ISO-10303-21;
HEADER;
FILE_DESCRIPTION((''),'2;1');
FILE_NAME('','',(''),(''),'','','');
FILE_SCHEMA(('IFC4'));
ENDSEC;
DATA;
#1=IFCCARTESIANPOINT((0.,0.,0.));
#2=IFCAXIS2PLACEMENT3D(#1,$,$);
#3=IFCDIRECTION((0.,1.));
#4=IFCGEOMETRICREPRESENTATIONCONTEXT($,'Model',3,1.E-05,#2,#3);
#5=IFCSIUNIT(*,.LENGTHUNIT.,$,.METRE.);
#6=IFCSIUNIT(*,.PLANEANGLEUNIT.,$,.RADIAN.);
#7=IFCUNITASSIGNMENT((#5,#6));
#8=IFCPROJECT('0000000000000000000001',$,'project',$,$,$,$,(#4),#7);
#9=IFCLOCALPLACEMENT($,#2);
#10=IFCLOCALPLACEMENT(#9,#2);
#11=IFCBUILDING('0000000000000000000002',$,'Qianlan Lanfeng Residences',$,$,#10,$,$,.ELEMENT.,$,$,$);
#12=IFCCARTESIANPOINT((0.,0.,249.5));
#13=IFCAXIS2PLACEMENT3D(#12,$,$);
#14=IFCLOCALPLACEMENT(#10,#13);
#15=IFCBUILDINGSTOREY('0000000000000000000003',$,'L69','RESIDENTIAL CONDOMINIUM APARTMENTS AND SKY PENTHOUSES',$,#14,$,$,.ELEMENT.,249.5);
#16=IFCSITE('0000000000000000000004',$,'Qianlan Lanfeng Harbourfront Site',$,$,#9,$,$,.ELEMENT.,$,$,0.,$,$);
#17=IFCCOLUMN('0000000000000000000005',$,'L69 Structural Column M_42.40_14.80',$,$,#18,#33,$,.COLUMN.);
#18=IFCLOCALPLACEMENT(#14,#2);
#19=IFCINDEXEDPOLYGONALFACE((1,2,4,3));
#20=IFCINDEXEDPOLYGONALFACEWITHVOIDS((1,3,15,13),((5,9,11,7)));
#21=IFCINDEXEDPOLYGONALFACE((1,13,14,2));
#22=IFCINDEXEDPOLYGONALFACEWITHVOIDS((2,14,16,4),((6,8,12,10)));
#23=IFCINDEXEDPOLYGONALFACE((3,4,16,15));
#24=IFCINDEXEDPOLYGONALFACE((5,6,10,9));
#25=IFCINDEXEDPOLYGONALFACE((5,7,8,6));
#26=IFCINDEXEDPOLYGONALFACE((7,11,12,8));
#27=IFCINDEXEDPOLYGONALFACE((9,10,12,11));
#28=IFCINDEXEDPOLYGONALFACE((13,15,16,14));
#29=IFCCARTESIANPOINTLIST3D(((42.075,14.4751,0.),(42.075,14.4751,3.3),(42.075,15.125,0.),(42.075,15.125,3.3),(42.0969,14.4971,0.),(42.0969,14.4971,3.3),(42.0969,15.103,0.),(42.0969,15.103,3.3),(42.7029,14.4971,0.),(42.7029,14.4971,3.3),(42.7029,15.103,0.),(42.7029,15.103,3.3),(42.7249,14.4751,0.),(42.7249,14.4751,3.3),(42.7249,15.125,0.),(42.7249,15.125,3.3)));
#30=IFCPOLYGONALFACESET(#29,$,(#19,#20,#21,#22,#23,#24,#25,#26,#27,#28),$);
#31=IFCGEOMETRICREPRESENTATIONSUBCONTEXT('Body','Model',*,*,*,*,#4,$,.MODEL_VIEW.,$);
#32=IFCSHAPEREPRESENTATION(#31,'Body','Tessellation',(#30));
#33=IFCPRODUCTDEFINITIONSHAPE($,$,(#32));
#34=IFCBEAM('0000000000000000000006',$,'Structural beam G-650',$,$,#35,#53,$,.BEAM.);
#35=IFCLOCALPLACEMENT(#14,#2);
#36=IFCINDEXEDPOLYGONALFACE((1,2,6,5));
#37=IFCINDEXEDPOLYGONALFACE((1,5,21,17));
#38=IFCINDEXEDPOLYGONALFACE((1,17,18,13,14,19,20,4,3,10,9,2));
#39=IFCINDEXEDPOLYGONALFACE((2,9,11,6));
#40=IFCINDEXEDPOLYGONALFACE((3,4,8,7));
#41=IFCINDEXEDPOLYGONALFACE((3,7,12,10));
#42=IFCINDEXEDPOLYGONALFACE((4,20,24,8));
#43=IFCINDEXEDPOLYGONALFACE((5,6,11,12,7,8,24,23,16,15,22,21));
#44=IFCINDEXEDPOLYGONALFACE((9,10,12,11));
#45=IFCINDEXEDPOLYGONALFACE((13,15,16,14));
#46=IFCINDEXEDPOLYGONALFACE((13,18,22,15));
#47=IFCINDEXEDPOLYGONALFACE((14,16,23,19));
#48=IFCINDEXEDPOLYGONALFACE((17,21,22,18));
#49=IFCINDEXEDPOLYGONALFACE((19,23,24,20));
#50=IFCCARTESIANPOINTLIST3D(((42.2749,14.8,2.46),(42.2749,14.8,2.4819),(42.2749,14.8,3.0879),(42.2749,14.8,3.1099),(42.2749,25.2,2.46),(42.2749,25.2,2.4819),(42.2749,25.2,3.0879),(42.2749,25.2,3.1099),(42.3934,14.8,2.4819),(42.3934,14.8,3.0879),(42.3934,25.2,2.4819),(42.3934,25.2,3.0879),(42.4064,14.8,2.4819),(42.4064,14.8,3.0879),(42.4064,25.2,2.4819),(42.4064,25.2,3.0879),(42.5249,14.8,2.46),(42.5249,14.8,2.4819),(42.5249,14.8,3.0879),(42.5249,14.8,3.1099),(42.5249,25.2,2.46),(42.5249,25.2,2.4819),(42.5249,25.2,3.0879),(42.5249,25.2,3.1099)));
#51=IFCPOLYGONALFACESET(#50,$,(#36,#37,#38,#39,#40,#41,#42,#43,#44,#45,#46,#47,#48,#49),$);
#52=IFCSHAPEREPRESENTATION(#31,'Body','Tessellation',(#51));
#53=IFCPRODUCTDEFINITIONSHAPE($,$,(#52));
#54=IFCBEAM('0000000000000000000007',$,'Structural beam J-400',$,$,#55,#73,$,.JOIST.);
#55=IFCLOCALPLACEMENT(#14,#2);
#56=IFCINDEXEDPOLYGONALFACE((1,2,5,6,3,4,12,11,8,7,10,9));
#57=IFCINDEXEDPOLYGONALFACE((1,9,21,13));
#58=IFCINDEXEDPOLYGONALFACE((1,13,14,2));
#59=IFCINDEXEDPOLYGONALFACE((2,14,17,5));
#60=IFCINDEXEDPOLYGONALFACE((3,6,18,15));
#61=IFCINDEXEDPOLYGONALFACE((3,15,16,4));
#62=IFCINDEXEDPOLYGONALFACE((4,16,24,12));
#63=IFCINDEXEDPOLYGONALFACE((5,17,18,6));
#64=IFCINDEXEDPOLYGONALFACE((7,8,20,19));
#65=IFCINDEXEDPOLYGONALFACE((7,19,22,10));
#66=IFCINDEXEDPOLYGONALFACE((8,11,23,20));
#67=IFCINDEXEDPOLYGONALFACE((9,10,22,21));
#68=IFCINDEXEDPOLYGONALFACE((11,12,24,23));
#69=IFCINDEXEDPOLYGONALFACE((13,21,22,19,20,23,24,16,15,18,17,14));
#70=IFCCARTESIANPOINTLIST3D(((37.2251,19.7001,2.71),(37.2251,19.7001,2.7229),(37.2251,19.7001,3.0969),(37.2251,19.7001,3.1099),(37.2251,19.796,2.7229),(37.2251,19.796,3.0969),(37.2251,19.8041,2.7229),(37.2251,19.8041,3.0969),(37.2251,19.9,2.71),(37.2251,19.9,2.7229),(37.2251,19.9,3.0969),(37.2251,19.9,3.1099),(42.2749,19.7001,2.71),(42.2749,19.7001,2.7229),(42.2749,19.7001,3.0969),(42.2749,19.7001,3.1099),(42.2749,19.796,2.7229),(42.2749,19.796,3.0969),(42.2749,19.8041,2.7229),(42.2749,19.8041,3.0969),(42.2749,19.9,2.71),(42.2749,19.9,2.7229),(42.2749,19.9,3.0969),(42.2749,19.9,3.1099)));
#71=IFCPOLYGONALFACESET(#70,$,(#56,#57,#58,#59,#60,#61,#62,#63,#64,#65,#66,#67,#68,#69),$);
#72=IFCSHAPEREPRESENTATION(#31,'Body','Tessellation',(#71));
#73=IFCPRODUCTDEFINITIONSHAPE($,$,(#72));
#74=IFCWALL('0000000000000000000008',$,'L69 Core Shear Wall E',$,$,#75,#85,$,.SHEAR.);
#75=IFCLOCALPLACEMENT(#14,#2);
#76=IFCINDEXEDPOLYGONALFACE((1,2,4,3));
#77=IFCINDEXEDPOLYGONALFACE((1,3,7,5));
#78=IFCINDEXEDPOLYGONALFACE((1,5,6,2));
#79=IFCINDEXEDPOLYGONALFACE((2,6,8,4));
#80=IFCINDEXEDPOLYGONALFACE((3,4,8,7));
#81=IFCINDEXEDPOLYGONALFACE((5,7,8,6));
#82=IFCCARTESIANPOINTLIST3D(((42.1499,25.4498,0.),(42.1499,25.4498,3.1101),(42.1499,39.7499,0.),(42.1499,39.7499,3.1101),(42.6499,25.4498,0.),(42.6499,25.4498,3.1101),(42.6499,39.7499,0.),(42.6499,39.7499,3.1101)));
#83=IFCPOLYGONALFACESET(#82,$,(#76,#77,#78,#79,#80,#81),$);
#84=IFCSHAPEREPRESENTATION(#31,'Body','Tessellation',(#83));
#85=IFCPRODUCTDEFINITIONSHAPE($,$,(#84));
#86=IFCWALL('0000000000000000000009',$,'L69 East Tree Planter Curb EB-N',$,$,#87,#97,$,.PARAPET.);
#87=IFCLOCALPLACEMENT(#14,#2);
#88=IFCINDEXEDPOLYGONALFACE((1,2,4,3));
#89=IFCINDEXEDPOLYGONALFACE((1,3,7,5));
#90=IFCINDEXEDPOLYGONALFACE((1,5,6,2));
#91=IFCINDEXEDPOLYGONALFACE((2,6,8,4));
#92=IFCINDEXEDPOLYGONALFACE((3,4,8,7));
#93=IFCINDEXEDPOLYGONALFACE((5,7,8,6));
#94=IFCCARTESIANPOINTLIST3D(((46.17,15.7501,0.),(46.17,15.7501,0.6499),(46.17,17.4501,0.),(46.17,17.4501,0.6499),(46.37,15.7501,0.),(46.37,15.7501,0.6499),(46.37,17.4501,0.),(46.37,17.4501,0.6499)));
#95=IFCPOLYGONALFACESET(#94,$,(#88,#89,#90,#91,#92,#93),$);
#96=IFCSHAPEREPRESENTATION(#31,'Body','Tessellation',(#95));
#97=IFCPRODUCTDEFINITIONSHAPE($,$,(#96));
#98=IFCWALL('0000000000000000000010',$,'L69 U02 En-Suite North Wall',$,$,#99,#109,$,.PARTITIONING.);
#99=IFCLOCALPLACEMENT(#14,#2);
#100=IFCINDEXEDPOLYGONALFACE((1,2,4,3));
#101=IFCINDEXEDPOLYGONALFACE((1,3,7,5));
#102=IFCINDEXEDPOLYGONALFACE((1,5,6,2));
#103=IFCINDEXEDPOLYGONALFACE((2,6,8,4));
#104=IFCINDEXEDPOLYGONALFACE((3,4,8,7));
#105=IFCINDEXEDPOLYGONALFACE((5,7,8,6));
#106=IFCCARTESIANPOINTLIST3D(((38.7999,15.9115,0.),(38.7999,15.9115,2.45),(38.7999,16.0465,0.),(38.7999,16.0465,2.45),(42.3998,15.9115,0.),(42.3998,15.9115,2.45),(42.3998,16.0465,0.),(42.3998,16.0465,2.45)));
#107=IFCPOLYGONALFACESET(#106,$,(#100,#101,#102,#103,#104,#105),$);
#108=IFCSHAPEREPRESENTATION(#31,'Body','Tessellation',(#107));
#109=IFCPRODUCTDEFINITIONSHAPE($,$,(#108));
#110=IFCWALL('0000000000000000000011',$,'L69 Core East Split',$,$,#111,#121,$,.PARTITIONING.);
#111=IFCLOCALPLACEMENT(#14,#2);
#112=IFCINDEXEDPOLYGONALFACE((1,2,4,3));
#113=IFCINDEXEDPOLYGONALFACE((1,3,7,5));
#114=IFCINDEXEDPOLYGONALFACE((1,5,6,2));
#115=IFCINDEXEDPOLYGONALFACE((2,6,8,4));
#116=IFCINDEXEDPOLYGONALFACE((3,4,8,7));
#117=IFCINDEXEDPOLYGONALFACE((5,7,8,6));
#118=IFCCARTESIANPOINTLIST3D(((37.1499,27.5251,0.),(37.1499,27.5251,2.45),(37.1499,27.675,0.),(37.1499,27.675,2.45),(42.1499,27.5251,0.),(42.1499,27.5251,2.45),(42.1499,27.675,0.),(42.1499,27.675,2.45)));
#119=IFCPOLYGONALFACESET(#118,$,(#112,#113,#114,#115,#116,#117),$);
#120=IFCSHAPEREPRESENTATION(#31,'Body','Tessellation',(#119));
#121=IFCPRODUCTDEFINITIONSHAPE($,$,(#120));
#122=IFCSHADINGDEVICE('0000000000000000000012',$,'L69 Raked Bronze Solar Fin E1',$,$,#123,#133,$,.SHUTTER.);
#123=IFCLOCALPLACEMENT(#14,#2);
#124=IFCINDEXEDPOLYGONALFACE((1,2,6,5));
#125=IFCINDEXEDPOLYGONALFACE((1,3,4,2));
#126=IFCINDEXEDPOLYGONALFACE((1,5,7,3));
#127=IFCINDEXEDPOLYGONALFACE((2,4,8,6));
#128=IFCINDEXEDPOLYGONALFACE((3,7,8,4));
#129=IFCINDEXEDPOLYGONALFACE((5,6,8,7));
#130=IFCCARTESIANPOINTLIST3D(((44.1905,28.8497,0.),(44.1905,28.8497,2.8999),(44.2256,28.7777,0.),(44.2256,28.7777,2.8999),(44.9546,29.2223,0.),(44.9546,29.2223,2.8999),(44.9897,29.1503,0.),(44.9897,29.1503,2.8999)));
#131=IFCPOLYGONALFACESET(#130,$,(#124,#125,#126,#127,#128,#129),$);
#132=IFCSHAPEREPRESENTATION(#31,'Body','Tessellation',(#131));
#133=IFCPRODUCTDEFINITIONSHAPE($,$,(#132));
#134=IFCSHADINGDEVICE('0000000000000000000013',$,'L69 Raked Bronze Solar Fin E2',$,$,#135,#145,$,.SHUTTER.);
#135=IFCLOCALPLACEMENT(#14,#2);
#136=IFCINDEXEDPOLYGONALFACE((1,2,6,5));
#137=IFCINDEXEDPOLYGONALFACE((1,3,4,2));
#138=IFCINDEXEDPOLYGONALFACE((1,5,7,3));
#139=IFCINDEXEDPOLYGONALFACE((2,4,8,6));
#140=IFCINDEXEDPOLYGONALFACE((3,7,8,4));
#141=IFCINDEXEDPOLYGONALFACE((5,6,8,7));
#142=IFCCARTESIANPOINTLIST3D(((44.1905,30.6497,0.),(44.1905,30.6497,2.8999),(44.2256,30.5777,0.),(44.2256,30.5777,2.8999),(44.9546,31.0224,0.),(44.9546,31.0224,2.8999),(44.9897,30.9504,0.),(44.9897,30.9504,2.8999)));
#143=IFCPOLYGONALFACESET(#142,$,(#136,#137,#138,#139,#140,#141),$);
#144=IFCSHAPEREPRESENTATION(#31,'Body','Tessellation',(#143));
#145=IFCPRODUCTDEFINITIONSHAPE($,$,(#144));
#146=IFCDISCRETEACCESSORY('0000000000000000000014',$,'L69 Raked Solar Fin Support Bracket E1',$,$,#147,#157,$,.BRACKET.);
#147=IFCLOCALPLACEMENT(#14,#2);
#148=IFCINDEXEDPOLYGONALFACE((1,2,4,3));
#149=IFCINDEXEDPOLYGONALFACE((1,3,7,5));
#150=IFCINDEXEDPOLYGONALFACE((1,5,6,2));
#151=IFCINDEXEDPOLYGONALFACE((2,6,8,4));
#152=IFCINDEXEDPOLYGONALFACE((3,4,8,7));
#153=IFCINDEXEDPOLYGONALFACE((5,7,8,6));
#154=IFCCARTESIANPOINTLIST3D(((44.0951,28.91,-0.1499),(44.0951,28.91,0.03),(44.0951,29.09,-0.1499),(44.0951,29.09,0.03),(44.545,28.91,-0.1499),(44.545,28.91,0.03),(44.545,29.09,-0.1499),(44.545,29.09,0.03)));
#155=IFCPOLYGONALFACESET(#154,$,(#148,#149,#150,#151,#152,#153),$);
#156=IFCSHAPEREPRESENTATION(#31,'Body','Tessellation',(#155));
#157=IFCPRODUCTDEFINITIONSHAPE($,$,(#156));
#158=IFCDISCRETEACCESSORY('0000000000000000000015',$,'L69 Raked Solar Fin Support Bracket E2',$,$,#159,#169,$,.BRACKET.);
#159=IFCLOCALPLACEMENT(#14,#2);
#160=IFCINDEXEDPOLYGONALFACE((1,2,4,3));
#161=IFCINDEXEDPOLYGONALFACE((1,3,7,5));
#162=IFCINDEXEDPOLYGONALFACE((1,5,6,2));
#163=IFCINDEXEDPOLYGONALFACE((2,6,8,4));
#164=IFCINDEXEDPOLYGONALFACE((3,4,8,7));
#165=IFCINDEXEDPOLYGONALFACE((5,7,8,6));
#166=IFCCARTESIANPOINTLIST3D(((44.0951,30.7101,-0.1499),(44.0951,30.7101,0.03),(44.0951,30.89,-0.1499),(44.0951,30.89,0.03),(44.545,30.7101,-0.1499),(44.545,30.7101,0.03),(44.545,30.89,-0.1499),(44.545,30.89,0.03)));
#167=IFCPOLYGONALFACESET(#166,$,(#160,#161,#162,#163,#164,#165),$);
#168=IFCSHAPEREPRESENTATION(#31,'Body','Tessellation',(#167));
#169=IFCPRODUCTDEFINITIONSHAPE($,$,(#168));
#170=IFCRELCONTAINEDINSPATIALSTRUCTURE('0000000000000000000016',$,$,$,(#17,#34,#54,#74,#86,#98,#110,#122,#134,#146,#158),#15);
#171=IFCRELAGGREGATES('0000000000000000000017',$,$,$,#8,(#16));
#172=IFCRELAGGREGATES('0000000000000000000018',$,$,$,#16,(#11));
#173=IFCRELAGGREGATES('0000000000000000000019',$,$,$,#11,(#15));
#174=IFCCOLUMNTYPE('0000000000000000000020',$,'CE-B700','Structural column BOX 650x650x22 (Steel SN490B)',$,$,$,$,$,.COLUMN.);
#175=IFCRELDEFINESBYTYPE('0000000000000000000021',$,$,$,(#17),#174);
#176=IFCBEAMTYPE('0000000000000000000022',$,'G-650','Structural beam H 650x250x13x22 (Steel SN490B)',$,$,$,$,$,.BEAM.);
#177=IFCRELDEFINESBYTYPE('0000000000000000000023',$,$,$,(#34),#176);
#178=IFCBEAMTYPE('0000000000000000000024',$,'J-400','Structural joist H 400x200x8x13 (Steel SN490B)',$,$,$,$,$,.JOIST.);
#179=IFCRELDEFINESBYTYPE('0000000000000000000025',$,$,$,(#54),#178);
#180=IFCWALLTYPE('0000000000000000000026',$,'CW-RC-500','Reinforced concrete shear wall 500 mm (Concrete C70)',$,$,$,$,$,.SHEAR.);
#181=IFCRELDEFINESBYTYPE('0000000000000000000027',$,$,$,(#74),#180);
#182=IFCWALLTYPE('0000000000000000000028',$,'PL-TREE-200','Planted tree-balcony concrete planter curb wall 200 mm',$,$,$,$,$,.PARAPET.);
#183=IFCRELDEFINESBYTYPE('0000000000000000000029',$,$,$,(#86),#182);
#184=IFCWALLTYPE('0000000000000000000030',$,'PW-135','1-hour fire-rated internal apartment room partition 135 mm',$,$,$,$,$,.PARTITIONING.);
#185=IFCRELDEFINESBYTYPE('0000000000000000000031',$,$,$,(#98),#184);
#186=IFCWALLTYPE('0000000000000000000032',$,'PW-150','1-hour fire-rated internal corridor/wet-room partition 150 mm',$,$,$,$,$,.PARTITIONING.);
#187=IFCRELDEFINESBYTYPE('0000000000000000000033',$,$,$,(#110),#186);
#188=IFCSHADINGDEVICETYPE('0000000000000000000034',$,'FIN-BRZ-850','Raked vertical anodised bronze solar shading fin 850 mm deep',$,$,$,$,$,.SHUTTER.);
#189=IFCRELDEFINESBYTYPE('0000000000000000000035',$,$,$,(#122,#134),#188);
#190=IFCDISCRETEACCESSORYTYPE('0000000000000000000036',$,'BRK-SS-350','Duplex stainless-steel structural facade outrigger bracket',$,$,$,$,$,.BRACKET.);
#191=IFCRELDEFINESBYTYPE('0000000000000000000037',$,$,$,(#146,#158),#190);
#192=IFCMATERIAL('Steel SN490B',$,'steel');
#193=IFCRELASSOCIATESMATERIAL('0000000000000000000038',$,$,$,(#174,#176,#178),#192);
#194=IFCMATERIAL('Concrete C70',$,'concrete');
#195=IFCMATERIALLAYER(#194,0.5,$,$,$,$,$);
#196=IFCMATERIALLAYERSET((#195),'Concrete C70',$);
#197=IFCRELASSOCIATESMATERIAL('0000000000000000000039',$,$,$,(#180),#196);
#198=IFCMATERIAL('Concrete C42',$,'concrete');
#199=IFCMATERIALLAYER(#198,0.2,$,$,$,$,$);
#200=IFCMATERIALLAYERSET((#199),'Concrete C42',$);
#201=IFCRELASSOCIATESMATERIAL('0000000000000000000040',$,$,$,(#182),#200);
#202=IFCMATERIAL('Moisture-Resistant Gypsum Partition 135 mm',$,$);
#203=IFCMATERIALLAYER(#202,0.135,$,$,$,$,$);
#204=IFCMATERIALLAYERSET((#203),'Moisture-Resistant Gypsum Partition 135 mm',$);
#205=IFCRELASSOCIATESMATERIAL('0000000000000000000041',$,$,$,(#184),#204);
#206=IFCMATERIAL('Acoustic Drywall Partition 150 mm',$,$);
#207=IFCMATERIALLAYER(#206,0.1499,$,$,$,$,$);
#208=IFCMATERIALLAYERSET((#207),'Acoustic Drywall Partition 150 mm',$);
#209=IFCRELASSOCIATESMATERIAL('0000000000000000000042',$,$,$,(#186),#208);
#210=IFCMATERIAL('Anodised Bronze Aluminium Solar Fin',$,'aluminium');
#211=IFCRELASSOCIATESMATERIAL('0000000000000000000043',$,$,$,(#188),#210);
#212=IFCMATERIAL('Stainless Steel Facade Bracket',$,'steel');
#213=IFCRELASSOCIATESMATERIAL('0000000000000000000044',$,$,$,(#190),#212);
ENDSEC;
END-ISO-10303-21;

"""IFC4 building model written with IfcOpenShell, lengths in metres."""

from ifc_helpers import new_model, si_unit, direction, frame, frame_2d, origin, origin_2d, place, context, subcontext, project, spatial, rectangle, hollow_rectangle, i_section, extrude, source, transform, mapped, material, layer, layer_set, material_profile, profile_set, type_object, element, save


model = new_model("IFC4")

# Units and contexts
model_context = context("Model", 3, precision=1e-05, world=origin(), true_north=direction((0.0, 1.0)))
body_context = subcontext(model_context, "Body", "Model", "MODEL_VIEW")
ifc_project = project(units=[si_unit("LENGTHUNIT", "METRE"), si_unit("PLANEANGLEUNIT", "RADIAN")], contexts=[model_context])

# Site, building, storey
site_placement = place(None, origin())
site = spatial("IfcSite", under=ifc_project, at=site_placement, Name="Qianlan Lanfeng Harbourfront Site", CompositionType="ELEMENT", RefElevation=0.0)
building_placement = place(site_placement, origin())
building = spatial("IfcBuilding", under=site, at=building_placement, Name="Qianlan Lanfeng Residences", CompositionType="ELEMENT")
storey_placement = place(building_placement, frame((0.0, 0.0, 249.5)))
storey = spatial("IfcBuildingStorey", under=building, at=storey_placement, Name="L69", Description="RESIDENTIAL CONDOMINIUM APARTMENTS AND SKY PENTHOUSES", CompositionType="ELEMENT", Elevation=249.5)

# Column
ifc_material_1 = material(Name="Steel SN490B", Category="steel")
ifc_material_profile_1 = material_profile(ifc_material_1, hollow_rectangle(XDim=0.6499, YDim=0.6499, WallThickness=0.022, at=origin_2d()), Name="BOX 650x650x22")
ifc_profile_set_1 = profile_set([ifc_material_profile_1], Name="Steel SN490B")
column_type = type_object("IfcColumnType", Name="CE-B700", Description="Structural column BOX 650x650x22 (Steel SN490B)", PredefinedType="COLUMN", material=ifc_profile_set_1)
column_placement = place(storey_placement, frame((42.3999, 14.8, 0.0), z_axis=(0.0, 0.0, 1.0), x_axis=(1.0, 0.0, 0.0)))
element("IfcColumn", 1, at=column_placement, inside=storey, type_object=column_type, Name="L69 Structural Column M_42.40_14.80", PredefinedType="COLUMN", context=body_context, shape_type="SweptSolid", body=[
    extrude(hollow_rectangle(XDim=0.6499, YDim=0.6499, WallThickness=0.022, at=origin_2d()), origin(), (0.0, 0.0, 1.0), 3.3),
])

# Beams
ifc_material_profile_2 = material_profile(ifc_material_1, i_section(OverallWidth=0.25, OverallDepth=0.6499, WebThickness=0.0129, FlangeThickness=0.022, at=origin_2d()), Name="H 650x250x13x22")
ifc_profile_set_2 = profile_set([ifc_material_profile_2], Name="Steel SN490B")
beam_type_1 = type_object("IfcBeamType", Name="G-650", Description="Structural beam H 650x250x13x22 (Steel SN490B)", PredefinedType="BEAM", material=ifc_profile_set_2)
beam_1_placement = place(storey_placement, frame((42.3999, 14.8, 2.7849), z_axis=(0.0, 1.0, 0.0), x_axis=(-1.0, 0.0, 0.0)))
element("IfcBeam", 2, at=beam_1_placement, inside=storey, type_object=beam_type_1, Name="Structural beam G-650", PredefinedType="BEAM", context=body_context, shape_type="SweptSolid", body=[
    extrude(i_section(OverallWidth=0.25, OverallDepth=0.6499, WebThickness=0.0129, FlangeThickness=0.022, at=origin_2d()), origin(), (0.0, 0.0, 1.0), 10.3999),
])
ifc_material_profile_3 = material_profile(ifc_material_1, i_section(OverallWidth=0.2, OverallDepth=0.3999, WebThickness=0.0081, FlangeThickness=0.0129, at=origin_2d()), Name="H 400x200x8x13")
ifc_profile_set_3 = profile_set([ifc_material_profile_3], Name="Steel SN490B")
beam_type_2 = type_object("IfcBeamType", Name="J-400", Description="Structural joist H 400x200x8x13 (Steel SN490B)", PredefinedType="JOIST", material=ifc_profile_set_3)
beam_2_placement = place(storey_placement, frame((37.2251, 19.8, 2.9099), z_axis=(1.0, 0.0, 0.0), x_axis=(0.0, 1.0, 0.0)))
element("IfcBeam", 3, at=beam_2_placement, inside=storey, type_object=beam_type_2, Name="Structural beam J-400", PredefinedType="JOIST", context=body_context, shape_type="SweptSolid", body=[
    extrude(i_section(OverallWidth=0.2, OverallDepth=0.3999, WebThickness=0.0081, FlangeThickness=0.0129, at=origin_2d()), origin(), (0.0, 0.0, 1.0), 5.0498),
])

# Walls
ifc_material_2 = material(Name="Concrete C70", Category="concrete")
ifc_layer_1 = layer(ifc_material_2, 0.5)
ifc_layer_set_1 = layer_set([ifc_layer_1], Name="Concrete C70")
wall_type_1 = type_object("IfcWallType", Name="CW-RC-500", Description="Reinforced concrete shear wall 500 mm (Concrete C70)", PredefinedType="SHEAR", material=ifc_layer_set_1)
wall_1_placement = place(storey_placement, frame((42.3999, 25.45, 0.0), z_axis=(0.0, 0.0, 1.0), x_axis=(0.0, 1.0, 0.0)))
element("IfcWall", 4, at=wall_1_placement, inside=storey, type_object=wall_type_1, Name="L69 Core Shear Wall E", PredefinedType="SHEAR", context=body_context, shape_type="SweptSolid", body=[
    extrude(rectangle(XDim=14.3, YDim=0.5, at=frame_2d((7.1499, 0.0))), origin(), (0.0, 0.0, 1.0), 3.1101),
])
ifc_material_3 = material(Name="Concrete C42", Category="concrete")
ifc_layer_2 = layer(ifc_material_3, 0.2)
ifc_layer_set_2 = layer_set([ifc_layer_2], Name="Concrete C42")
wall_type_2 = type_object("IfcWallType", Name="PL-TREE-200", Description="Planted tree-balcony concrete planter curb wall 200 mm", PredefinedType="PARAPET", material=ifc_layer_set_2)
wall_2_placement = place(storey_placement, frame((46.27, 15.75, 0.0), z_axis=(0.0, 0.0, 1.0), x_axis=(0.0, 1.0, 0.0)))
element("IfcWall", 5, at=wall_2_placement, inside=storey, type_object=wall_type_2, Name="L69 East Tree Planter Curb EB-N", PredefinedType="PARAPET", context=body_context, shape_type="SweptSolid", body=[
    extrude(rectangle(XDim=1.7, YDim=0.2, at=frame_2d((0.8501, 0.0))), origin(), (0.0, 0.0, 1.0), 0.6499),
])

# Wall
ifc_material_4 = material(Name="Moisture-Resistant Gypsum Partition 135 mm")
ifc_layer_3 = layer(ifc_material_4, 0.135)
ifc_layer_set_3 = layer_set([ifc_layer_3], Name="Moisture-Resistant Gypsum Partition 135 mm")
wall_type_3 = type_object("IfcWallType", Name="PW-135", Description="1-hour fire-rated internal apartment room partition 135 mm", PredefinedType="PARTITIONING", material=ifc_layer_set_3)
wall_3_placement = place(storey_placement, frame((38.8, 15.979, 0.0), z_axis=(0.0, 0.0, 1.0), x_axis=(1.0, 0.0, 0.0)))
element("IfcWall", 6, at=wall_3_placement, inside=storey, type_object=wall_type_3, Name="L69 U02 En-Suite North Wall", PredefinedType="PARTITIONING", context=body_context, shape_type="SweptSolid", body=[
    extrude(rectangle(XDim=3.5999, YDim=0.135, at=frame_2d((1.7998, 0.0))), origin(), (0.0, 0.0, 1.0), 2.45),
])

# Wall
ifc_material_5 = material(Name="Acoustic Drywall Partition 150 mm")
ifc_layer_4 = layer(ifc_material_5, 0.1499)
ifc_layer_set_4 = layer_set([ifc_layer_4], Name="Acoustic Drywall Partition 150 mm")
wall_type_4 = type_object("IfcWallType", Name="PW-150", Description="1-hour fire-rated internal corridor/wet-room partition 150 mm", PredefinedType="PARTITIONING", material=ifc_layer_set_4)
wall_4_placement = place(storey_placement, frame((37.1499, 27.6001, 0.0), z_axis=(0.0, 0.0, 1.0), x_axis=(1.0, 0.0, 0.0)))
element("IfcWall", 7, at=wall_4_placement, inside=storey, type_object=wall_type_4, Name="L69 Core East Split", PredefinedType="PARTITIONING", context=body_context, shape_type="SweptSolid", body=[
    extrude(rectangle(XDim=5.0, YDim=0.1499, at=frame_2d((2.5, 0.0))), origin(), (0.0, 0.0, 1.0), 2.45),
])

# Shading devices
ifc_material_6 = material(Name="Anodised Bronze Aluminium Solar Fin", Category="aluminium")
shading_device_type = type_object("IfcShadingDeviceType", Name="FIN-BRZ-850", Description="Raked vertical anodised bronze solar shading fin 850 mm deep", PredefinedType="SHUTTER", material=ifc_material_6)
shared_shape_1 = source(origin(), body_context, "Body", "SweptSolid", [
    extrude(rectangle(XDim=0.8501, YDim=0.0801, at=origin_2d()), origin(), (0.0, 0.0, 1.0), 2.8999),
])
for number, where, z_axis, x_axis, name in (
    (8, (44.5901, 29.0, 0.0), (0.0, 0.0, 1.0), (0.898794, 0.438371, 0.0), "L69 Raked Bronze Solar Fin E1"),
    (9, (44.5901, 30.8, 0.0), (0.0, 0.0, 1.0), (0.898794, 0.438371, 0.0), "L69 Raked Bronze Solar Fin E2"),
):
    element("IfcShadingDevice", number, at=place(storey_placement, frame(where, z_axis=z_axis, x_axis=x_axis)), inside=storey, type_object=shading_device_type, Name=name, PredefinedType="SHUTTER", context=body_context, shape_type="MappedRepresentation", body=[
        mapped(shared_shape_1, transform((0.0, 0.0, 0.0), scale=1.0)),
    ])

# Discrete accessories
ifc_material_7 = material(Name="Stainless Steel Facade Bracket", Category="steel")
discrete_accessory_type = type_object("IfcDiscreteAccessoryType", Name="BRK-SS-350", Description="Duplex stainless-steel structural facade outrigger bracket", PredefinedType="BRACKET", material=ifc_material_7)
shared_shape_2 = source(origin(), body_context, "Body", "SweptSolid", [
    extrude(rectangle(XDim=0.45, YDim=0.1799, at=origin_2d()), origin(), (0.0, 0.0, 1.0), 0.1799),
])
for number, where, z_axis, x_axis, name in (
    (10, (44.3201, 29.0, -0.1499), (0.0, 0.0, 1.0), (1.0, 0.0, 0.0), "L69 Raked Solar Fin Support Bracket E1"),
    (11, (44.3201, 30.8, -0.1499), (0.0, 0.0, 1.0), (1.0, 0.0, 0.0), "L69 Raked Solar Fin Support Bracket E2"),
):
    element("IfcDiscreteAccessory", number, at=place(storey_placement, frame(where, z_axis=z_axis, x_axis=x_axis)), inside=storey, type_object=discrete_accessory_type, Name=name, PredefinedType="BRACKET", context=body_context, shape_type="MappedRepresentation", body=[
        mapped(shared_shape_2, transform((0.0, 0.0, 0.0), scale=1.0)),
    ])

save(model, "model.ifc")
